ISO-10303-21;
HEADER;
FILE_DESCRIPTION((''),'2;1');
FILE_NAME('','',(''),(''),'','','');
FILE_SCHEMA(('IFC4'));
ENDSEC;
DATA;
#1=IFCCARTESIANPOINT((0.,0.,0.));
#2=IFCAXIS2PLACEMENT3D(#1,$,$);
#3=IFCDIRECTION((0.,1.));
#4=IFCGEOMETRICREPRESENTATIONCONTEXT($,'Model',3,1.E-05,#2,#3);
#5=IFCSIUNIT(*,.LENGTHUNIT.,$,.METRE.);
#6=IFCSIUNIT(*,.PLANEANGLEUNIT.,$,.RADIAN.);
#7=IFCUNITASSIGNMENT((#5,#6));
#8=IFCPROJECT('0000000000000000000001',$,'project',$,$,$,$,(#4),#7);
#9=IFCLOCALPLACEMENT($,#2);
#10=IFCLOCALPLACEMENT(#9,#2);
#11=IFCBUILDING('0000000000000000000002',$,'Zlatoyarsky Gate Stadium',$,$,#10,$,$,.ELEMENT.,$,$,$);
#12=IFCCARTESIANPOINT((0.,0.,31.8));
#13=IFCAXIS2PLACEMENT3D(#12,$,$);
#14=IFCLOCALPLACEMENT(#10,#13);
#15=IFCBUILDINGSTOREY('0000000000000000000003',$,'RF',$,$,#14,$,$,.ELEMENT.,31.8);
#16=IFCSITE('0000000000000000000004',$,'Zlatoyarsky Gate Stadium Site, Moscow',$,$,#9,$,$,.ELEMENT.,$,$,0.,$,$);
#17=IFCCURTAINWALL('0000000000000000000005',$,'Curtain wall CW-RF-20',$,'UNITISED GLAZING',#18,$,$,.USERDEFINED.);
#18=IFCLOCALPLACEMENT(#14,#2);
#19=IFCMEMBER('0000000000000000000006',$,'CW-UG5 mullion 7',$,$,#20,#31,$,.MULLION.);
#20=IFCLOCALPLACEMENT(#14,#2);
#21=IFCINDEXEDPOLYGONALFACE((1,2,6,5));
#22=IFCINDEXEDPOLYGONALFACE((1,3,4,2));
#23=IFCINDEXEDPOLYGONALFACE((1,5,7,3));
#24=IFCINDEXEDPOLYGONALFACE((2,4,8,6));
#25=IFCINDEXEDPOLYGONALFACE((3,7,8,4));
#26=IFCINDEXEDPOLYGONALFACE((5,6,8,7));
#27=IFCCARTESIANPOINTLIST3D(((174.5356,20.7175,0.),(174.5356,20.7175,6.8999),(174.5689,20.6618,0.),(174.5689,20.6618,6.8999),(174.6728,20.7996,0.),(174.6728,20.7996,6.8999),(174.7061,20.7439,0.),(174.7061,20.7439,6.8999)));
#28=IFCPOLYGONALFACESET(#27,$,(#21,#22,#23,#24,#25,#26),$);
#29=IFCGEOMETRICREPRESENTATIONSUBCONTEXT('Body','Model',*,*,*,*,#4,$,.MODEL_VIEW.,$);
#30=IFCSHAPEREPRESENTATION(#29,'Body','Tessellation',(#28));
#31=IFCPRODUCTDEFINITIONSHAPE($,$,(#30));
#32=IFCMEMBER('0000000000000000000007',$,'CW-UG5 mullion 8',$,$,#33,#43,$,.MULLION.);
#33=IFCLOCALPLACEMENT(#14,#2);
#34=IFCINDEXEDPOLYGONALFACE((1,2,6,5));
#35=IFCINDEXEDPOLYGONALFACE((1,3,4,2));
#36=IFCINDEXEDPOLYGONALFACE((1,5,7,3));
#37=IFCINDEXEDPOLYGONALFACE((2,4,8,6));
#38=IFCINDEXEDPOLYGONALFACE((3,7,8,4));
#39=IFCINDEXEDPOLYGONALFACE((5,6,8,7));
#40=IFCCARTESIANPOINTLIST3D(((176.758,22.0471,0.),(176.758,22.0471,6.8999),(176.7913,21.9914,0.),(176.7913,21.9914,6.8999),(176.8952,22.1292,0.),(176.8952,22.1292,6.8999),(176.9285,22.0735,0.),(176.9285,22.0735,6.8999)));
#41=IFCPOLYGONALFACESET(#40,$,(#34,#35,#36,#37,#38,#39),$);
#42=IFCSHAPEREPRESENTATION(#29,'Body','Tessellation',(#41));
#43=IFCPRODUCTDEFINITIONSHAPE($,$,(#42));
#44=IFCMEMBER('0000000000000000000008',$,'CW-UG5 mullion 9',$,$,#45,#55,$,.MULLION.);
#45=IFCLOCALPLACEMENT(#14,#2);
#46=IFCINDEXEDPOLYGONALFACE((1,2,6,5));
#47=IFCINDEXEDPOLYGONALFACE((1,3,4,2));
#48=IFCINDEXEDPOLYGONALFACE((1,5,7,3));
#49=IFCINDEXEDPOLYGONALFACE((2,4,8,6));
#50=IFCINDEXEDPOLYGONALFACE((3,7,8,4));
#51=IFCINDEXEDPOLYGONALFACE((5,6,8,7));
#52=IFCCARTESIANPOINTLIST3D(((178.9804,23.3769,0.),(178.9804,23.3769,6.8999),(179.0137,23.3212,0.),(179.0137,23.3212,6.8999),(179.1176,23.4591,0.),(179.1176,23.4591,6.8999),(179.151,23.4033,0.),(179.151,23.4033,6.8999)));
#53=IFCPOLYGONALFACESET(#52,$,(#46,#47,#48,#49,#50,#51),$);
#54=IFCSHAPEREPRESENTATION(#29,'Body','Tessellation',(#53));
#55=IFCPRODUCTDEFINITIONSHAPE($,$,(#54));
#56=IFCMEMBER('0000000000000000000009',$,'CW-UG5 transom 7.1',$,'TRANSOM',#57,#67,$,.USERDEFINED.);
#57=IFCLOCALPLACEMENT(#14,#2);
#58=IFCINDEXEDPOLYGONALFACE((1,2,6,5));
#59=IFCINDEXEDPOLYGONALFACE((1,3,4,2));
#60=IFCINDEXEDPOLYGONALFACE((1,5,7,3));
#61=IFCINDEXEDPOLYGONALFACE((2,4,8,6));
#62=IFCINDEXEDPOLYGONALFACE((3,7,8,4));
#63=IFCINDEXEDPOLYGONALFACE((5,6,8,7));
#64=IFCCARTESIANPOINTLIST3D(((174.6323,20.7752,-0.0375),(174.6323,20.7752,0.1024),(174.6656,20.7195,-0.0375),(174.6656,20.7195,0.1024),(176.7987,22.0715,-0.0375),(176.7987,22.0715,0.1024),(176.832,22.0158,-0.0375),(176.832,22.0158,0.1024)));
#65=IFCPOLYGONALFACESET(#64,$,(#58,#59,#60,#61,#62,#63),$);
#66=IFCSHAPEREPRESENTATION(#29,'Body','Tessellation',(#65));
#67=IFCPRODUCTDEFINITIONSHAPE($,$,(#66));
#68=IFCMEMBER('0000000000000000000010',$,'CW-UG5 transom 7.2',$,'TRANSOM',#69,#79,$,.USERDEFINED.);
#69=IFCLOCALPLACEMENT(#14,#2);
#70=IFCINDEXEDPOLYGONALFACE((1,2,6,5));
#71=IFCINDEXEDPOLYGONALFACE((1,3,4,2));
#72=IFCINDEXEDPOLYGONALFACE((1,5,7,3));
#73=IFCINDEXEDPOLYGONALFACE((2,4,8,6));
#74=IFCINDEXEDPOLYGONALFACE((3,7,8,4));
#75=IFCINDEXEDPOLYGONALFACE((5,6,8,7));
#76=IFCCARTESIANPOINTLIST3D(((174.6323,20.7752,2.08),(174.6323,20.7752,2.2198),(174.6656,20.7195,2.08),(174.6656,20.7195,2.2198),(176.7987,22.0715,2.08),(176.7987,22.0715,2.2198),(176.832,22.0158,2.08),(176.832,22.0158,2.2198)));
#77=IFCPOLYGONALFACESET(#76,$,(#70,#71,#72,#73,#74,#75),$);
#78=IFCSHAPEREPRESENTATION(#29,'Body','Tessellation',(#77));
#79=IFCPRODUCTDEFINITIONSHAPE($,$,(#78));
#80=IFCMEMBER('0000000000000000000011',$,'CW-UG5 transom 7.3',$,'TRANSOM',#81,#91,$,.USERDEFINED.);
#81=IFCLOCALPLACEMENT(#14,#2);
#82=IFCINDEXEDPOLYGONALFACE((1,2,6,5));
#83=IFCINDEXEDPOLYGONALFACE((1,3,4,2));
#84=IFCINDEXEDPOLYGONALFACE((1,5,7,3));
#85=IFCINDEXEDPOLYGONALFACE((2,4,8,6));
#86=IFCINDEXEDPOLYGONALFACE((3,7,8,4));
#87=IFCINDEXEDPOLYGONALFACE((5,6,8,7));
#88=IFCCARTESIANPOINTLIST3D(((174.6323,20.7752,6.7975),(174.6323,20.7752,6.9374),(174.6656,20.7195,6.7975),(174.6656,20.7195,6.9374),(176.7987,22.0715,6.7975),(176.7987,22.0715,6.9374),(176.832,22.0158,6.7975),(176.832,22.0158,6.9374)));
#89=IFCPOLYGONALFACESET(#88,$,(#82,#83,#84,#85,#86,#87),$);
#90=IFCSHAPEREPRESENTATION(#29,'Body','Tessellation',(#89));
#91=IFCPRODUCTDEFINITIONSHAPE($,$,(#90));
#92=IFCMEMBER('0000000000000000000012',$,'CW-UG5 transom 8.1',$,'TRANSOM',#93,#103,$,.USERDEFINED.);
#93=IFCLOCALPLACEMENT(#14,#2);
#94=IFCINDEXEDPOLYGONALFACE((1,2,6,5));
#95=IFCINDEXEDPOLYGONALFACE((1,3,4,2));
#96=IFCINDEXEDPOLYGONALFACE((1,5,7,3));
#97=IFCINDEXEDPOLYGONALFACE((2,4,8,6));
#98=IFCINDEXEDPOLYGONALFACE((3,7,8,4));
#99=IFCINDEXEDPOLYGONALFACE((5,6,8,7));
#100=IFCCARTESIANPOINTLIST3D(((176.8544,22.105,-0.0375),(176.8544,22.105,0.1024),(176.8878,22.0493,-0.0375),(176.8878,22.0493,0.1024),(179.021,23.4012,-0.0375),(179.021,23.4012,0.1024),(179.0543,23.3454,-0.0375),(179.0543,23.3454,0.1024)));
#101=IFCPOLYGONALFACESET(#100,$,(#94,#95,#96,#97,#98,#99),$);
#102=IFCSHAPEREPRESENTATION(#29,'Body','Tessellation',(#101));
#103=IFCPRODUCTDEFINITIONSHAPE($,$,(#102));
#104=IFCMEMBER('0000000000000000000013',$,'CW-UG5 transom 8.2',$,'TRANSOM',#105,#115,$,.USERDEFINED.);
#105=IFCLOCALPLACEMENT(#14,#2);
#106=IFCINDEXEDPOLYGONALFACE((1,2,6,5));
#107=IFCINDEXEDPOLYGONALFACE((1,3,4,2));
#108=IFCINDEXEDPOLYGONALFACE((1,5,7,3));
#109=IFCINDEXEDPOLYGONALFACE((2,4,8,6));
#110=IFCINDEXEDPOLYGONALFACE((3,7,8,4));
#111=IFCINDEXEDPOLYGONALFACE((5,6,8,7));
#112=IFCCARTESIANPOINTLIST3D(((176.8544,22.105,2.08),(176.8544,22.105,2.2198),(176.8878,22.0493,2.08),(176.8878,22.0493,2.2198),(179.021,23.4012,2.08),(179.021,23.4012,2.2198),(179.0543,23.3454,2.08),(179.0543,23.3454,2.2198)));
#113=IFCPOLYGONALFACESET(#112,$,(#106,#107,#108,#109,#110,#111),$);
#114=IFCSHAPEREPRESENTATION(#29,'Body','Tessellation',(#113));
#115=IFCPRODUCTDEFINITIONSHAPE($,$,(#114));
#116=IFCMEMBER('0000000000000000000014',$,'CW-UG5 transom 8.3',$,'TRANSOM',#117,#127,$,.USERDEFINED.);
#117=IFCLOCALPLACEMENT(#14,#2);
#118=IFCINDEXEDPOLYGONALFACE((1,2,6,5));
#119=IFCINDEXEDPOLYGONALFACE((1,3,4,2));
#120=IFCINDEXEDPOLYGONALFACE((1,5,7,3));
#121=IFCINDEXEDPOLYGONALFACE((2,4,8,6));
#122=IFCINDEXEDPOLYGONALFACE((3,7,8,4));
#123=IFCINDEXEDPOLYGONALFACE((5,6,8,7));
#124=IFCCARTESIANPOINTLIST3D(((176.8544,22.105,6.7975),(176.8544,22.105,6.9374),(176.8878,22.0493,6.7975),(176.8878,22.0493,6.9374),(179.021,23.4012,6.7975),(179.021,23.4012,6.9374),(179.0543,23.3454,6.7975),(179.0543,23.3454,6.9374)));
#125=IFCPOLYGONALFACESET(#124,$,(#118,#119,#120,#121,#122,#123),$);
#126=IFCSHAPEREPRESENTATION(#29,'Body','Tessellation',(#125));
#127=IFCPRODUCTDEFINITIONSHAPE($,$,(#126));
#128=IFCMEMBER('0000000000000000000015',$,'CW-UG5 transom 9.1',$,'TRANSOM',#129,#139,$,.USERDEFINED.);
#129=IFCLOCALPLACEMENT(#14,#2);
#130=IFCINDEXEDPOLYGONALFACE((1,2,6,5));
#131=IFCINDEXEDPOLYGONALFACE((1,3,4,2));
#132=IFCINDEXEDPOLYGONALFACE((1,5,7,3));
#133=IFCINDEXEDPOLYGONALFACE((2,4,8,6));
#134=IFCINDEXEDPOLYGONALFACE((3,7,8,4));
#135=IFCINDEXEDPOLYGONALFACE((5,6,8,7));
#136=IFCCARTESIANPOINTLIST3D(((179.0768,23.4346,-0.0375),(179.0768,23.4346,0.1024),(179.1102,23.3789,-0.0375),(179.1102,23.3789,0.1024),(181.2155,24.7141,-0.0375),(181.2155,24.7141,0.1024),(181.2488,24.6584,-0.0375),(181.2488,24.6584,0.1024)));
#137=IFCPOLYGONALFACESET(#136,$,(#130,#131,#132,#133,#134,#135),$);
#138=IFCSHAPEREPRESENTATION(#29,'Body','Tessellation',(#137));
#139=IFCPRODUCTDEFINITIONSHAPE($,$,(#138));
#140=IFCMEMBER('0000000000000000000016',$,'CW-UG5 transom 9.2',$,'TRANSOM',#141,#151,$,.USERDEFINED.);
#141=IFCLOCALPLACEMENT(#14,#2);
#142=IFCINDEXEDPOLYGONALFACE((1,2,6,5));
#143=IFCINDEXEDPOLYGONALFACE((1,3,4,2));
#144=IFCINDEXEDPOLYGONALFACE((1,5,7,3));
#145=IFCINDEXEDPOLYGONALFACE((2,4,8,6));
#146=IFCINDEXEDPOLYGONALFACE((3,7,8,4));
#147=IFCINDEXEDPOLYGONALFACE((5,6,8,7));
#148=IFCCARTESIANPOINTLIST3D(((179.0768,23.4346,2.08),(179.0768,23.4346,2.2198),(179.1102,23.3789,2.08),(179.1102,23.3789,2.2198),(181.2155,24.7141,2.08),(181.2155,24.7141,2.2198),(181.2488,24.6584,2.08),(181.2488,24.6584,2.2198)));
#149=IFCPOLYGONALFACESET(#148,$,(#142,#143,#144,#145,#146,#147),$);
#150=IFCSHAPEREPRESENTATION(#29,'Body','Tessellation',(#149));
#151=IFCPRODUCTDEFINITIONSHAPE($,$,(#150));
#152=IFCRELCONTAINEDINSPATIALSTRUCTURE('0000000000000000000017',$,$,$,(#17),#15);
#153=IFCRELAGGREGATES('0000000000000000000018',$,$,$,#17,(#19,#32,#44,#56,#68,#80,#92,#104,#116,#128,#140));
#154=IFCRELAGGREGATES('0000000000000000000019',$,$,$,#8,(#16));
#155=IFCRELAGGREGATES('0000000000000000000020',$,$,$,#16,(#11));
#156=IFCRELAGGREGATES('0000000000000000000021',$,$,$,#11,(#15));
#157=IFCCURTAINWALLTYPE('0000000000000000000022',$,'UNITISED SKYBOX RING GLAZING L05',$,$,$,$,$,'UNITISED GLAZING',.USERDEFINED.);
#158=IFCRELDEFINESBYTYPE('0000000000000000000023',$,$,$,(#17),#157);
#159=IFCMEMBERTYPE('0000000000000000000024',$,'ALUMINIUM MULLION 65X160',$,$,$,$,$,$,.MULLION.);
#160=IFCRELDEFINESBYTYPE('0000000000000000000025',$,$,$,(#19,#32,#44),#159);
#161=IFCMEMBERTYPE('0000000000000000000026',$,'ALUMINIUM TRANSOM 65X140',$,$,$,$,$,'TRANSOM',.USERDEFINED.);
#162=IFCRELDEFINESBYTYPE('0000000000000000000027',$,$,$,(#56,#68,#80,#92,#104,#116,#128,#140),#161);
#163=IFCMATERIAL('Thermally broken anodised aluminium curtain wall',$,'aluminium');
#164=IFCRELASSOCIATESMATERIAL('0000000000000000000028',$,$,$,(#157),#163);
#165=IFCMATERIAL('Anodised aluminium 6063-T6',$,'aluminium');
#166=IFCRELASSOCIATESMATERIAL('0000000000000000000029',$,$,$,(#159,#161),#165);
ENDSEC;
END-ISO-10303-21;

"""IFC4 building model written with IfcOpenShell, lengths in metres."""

from ifc_helpers import new_model, si_unit, direction, frame, origin, origin_2d, place, context, subcontext, project, spatial, rectangle, extrude, material, material_profile, profile_set, type_object, element, aggregate, save


model = new_model("IFC4")

# Units and contexts
model_context = context("Model", 3, precision=1e-05, world=origin(), true_north=direction((0.0, 1.0)))
body_context = subcontext(model_context, "Body", "Model", "MODEL_VIEW")
ifc_project = project(units=[si_unit("LENGTHUNIT", "METRE"), si_unit("PLANEANGLEUNIT", "RADIAN")], contexts=[model_context])

# Site, building, storey
site_placement = place(None, origin())
site = spatial("IfcSite", under=ifc_project, at=site_placement, Name="Zlatoyarsky Gate Stadium Site, Moscow", CompositionType="ELEMENT", RefElevation=0.0)
building_placement = place(site_placement, origin())
building = spatial("IfcBuilding", under=site, at=building_placement, Name="Zlatoyarsky Gate Stadium", CompositionType="ELEMENT")
storey_placement = place(building_placement, frame((0.0, 0.0, 31.8)))
storey = spatial("IfcBuildingStorey", under=building, at=storey_placement, Name="RF", CompositionType="ELEMENT", Elevation=31.8)

# Curtain wall, members
ifc_material_1 = material(Name="Thermally broken anodised aluminium curtain wall", Category="aluminium")
curtain_wall_type = type_object("IfcCurtainWallType", Name="UNITISED SKYBOX RING GLAZING L05", ElementType="UNITISED GLAZING", PredefinedType="USERDEFINED", material=ifc_material_1)
curtain_wall_placement = place(storey_placement, origin())
curtain_wall = element("IfcCurtainWall", 1, at=curtain_wall_placement, inside=storey, type_object=curtain_wall_type, Name="Curtain wall CW-RF-20", ObjectType="UNITISED GLAZING", PredefinedType="USERDEFINED")
ifc_material_2 = material(Name="Anodised aluminium 6063-T6", Category="aluminium")
ifc_material_profile_1 = material_profile(ifc_material_2, rectangle(XDim=0.0649, YDim=0.1599, at=origin_2d()), Name="ALU 65X160")
ifc_profile_set_1 = profile_set([ifc_material_profile_1], Name="Anodised aluminium 6063-T6")
member_type_1 = type_object("IfcMemberType", Name="ALUMINIUM MULLION 65X160", PredefinedType="MULLION", material=ifc_profile_set_1)
member_1_placement = place(storey_placement, frame((174.6208, 20.7307, 0.0), z_axis=(0.0, 0.0, 1.0), x_axis=(-0.513436, 0.858128, 0.0)))
member_1 = element("IfcMember", 2, at=member_1_placement, type_object=member_type_1, Name="CW-UG5 mullion 7", PredefinedType="MULLION", context=body_context, shape_type="SweptSolid", body=[
    extrude(rectangle(XDim=0.0649, YDim=0.1599, at=origin_2d()), origin(), (0.0, 0.0, 1.0), 6.8999),
])
member_2_placement = place(storey_placement, frame((176.8433, 22.0603, 0.0), z_axis=(0.0, 0.0, 1.0), x_axis=(-0.513436, 0.858128, 0.0)))
member_2 = element("IfcMember", 3, at=member_2_placement, type_object=member_type_1, Name="CW-UG5 mullion 8", PredefinedType="MULLION", context=body_context, shape_type="SweptSolid", body=[
    extrude(rectangle(XDim=0.0649, YDim=0.1599, at=origin_2d()), origin(), (0.0, 0.0, 1.0), 6.8999),
])
member_3_placement = place(storey_placement, frame((179.0657, 23.3901, 0.0), z_axis=(0.0, 0.0, 1.0), x_axis=(-0.513436, 0.858128, 0.0)))
member_3 = element("IfcMember", 4, at=member_3_placement, type_object=member_type_1, Name="CW-UG5 mullion 9", PredefinedType="MULLION", context=body_context, shape_type="SweptSolid", body=[
    extrude(rectangle(XDim=0.0649, YDim=0.1599, at=origin_2d()), origin(), (0.0, 0.0, 1.0), 6.8999),
])
ifc_material_profile_2 = material_profile(ifc_material_2, rectangle(XDim=0.0649, YDim=0.1399, at=origin_2d()), Name="ALU 65X140")
ifc_profile_set_2 = profile_set([ifc_material_profile_2], Name="Anodised aluminium 6063-T6")
member_type_2 = type_object("IfcMemberType", Name="ALUMINIUM TRANSOM 65X140", ElementType="TRANSOM", PredefinedType="USERDEFINED", material=ifc_profile_set_2)
member_4_placement = place(storey_placement, frame((174.6489, 20.7473, 0.0325), z_axis=(0.858107, 0.513472, 0.0), x_axis=(-0.513472, 0.858107, 0.0)))
member_4 = element("IfcMember", 5, at=member_4_placement, type_object=member_type_2, Name="CW-UG5 transom 7.1", ObjectType="TRANSOM", PredefinedType="USERDEFINED", context=body_context, shape_type="SweptSolid", body=[
    extrude(rectangle(XDim=0.0649, YDim=0.1399, at=origin_2d()), origin(), (0.0, 0.0, 1.0), 2.5247),
])
member_5_placement = place(storey_placement, frame((174.6489, 20.7473, 2.1499), z_axis=(0.858107, 0.513472, 0.0), x_axis=(-0.513472, 0.858107, 0.0)))
member_5 = element("IfcMember", 6, at=member_5_placement, type_object=member_type_2, Name="CW-UG5 transom 7.2", ObjectType="TRANSOM", PredefinedType="USERDEFINED", context=body_context, shape_type="SweptSolid", body=[
    extrude(rectangle(XDim=0.0649, YDim=0.1399, at=origin_2d()), origin(), (0.0, 0.0, 1.0), 2.5247),
])
member_6_placement = place(storey_placement, frame((174.6489, 20.7473, 6.8674), z_axis=(0.858107, 0.513472, 0.0), x_axis=(-0.513472, 0.858107, 0.0)))
member_6 = element("IfcMember", 7, at=member_6_placement, type_object=member_type_2, Name="CW-UG5 transom 7.3", ObjectType="TRANSOM", PredefinedType="USERDEFINED", context=body_context, shape_type="SweptSolid", body=[
    extrude(rectangle(XDim=0.0649, YDim=0.1399, at=origin_2d()), origin(), (0.0, 0.0, 1.0), 2.5247),
])
member_7_placement = place(storey_placement, frame((176.8711, 22.0771, 0.0325), z_axis=(0.858149, 0.5134, 0.0), x_axis=(-0.5134, 0.858149, 0.0)))
member_7 = element("IfcMember", 8, at=member_7_placement, type_object=member_type_2, Name="CW-UG5 transom 8.1", ObjectType="TRANSOM", PredefinedType="USERDEFINED", context=body_context, shape_type="SweptSolid", body=[
    extrude(rectangle(XDim=0.0649, YDim=0.1399, at=origin_2d()), origin(), (0.0, 0.0, 1.0), 2.5247),
])
member_8_placement = place(storey_placement, frame((176.8711, 22.0771, 2.1499), z_axis=(0.858149, 0.5134, 0.0), x_axis=(-0.5134, 0.858149, 0.0)))
member_8 = element("IfcMember", 9, at=member_8_placement, type_object=member_type_2, Name="CW-UG5 transom 8.2", ObjectType="TRANSOM", PredefinedType="USERDEFINED", context=body_context, shape_type="SweptSolid", body=[
    extrude(rectangle(XDim=0.0649, YDim=0.1399, at=origin_2d()), origin(), (0.0, 0.0, 1.0), 2.5247),
])
member_9_placement = place(storey_placement, frame((176.8711, 22.0771, 6.8674), z_axis=(0.858149, 0.5134, 0.0), x_axis=(-0.5134, 0.858149, 0.0)))
member_9 = element("IfcMember", 10, at=member_9_placement, type_object=member_type_2, Name="CW-UG5 transom 8.3", ObjectType="TRANSOM", PredefinedType="USERDEFINED", context=body_context, shape_type="SweptSolid", body=[
    extrude(rectangle(XDim=0.0649, YDim=0.1399, at=origin_2d()), origin(), (0.0, 0.0, 1.0), 2.5247),
])
member_10_placement = place(storey_placement, frame((179.0935, 23.4067, 0.0325), z_axis=(0.858141, 0.513415, 0.0), x_axis=(-0.513415, 0.858141, 0.0)))
member_10 = element("IfcMember", 11, at=member_10_placement, type_object=member_type_2, Name="CW-UG5 transom 9.1", ObjectType="TRANSOM", PredefinedType="USERDEFINED", context=body_context, shape_type="SweptSolid", body=[
    extrude(rectangle(XDim=0.0649, YDim=0.1399, at=origin_2d()), origin(), (0.0, 0.0, 1.0), 2.4922),
])
member_11_placement = place(storey_placement, frame((179.0935, 23.4067, 2.1499), z_axis=(0.858141, 0.513415, 0.0), x_axis=(-0.513415, 0.858141, 0.0)))
member_11 = element("IfcMember", 12, at=member_11_placement, type_object=member_type_2, Name="CW-UG5 transom 9.2", ObjectType="TRANSOM", PredefinedType="USERDEFINED", context=body_context, shape_type="SweptSolid", body=[
    extrude(rectangle(XDim=0.0649, YDim=0.1399, at=origin_2d()), origin(), (0.0, 0.0, 1.0), 2.4922),
])

aggregate(curtain_wall, [member_1, member_2, member_3, member_4, member_5, member_6, member_7, member_8, member_9, member_10, member_11])

save(model, "model.ifc")
